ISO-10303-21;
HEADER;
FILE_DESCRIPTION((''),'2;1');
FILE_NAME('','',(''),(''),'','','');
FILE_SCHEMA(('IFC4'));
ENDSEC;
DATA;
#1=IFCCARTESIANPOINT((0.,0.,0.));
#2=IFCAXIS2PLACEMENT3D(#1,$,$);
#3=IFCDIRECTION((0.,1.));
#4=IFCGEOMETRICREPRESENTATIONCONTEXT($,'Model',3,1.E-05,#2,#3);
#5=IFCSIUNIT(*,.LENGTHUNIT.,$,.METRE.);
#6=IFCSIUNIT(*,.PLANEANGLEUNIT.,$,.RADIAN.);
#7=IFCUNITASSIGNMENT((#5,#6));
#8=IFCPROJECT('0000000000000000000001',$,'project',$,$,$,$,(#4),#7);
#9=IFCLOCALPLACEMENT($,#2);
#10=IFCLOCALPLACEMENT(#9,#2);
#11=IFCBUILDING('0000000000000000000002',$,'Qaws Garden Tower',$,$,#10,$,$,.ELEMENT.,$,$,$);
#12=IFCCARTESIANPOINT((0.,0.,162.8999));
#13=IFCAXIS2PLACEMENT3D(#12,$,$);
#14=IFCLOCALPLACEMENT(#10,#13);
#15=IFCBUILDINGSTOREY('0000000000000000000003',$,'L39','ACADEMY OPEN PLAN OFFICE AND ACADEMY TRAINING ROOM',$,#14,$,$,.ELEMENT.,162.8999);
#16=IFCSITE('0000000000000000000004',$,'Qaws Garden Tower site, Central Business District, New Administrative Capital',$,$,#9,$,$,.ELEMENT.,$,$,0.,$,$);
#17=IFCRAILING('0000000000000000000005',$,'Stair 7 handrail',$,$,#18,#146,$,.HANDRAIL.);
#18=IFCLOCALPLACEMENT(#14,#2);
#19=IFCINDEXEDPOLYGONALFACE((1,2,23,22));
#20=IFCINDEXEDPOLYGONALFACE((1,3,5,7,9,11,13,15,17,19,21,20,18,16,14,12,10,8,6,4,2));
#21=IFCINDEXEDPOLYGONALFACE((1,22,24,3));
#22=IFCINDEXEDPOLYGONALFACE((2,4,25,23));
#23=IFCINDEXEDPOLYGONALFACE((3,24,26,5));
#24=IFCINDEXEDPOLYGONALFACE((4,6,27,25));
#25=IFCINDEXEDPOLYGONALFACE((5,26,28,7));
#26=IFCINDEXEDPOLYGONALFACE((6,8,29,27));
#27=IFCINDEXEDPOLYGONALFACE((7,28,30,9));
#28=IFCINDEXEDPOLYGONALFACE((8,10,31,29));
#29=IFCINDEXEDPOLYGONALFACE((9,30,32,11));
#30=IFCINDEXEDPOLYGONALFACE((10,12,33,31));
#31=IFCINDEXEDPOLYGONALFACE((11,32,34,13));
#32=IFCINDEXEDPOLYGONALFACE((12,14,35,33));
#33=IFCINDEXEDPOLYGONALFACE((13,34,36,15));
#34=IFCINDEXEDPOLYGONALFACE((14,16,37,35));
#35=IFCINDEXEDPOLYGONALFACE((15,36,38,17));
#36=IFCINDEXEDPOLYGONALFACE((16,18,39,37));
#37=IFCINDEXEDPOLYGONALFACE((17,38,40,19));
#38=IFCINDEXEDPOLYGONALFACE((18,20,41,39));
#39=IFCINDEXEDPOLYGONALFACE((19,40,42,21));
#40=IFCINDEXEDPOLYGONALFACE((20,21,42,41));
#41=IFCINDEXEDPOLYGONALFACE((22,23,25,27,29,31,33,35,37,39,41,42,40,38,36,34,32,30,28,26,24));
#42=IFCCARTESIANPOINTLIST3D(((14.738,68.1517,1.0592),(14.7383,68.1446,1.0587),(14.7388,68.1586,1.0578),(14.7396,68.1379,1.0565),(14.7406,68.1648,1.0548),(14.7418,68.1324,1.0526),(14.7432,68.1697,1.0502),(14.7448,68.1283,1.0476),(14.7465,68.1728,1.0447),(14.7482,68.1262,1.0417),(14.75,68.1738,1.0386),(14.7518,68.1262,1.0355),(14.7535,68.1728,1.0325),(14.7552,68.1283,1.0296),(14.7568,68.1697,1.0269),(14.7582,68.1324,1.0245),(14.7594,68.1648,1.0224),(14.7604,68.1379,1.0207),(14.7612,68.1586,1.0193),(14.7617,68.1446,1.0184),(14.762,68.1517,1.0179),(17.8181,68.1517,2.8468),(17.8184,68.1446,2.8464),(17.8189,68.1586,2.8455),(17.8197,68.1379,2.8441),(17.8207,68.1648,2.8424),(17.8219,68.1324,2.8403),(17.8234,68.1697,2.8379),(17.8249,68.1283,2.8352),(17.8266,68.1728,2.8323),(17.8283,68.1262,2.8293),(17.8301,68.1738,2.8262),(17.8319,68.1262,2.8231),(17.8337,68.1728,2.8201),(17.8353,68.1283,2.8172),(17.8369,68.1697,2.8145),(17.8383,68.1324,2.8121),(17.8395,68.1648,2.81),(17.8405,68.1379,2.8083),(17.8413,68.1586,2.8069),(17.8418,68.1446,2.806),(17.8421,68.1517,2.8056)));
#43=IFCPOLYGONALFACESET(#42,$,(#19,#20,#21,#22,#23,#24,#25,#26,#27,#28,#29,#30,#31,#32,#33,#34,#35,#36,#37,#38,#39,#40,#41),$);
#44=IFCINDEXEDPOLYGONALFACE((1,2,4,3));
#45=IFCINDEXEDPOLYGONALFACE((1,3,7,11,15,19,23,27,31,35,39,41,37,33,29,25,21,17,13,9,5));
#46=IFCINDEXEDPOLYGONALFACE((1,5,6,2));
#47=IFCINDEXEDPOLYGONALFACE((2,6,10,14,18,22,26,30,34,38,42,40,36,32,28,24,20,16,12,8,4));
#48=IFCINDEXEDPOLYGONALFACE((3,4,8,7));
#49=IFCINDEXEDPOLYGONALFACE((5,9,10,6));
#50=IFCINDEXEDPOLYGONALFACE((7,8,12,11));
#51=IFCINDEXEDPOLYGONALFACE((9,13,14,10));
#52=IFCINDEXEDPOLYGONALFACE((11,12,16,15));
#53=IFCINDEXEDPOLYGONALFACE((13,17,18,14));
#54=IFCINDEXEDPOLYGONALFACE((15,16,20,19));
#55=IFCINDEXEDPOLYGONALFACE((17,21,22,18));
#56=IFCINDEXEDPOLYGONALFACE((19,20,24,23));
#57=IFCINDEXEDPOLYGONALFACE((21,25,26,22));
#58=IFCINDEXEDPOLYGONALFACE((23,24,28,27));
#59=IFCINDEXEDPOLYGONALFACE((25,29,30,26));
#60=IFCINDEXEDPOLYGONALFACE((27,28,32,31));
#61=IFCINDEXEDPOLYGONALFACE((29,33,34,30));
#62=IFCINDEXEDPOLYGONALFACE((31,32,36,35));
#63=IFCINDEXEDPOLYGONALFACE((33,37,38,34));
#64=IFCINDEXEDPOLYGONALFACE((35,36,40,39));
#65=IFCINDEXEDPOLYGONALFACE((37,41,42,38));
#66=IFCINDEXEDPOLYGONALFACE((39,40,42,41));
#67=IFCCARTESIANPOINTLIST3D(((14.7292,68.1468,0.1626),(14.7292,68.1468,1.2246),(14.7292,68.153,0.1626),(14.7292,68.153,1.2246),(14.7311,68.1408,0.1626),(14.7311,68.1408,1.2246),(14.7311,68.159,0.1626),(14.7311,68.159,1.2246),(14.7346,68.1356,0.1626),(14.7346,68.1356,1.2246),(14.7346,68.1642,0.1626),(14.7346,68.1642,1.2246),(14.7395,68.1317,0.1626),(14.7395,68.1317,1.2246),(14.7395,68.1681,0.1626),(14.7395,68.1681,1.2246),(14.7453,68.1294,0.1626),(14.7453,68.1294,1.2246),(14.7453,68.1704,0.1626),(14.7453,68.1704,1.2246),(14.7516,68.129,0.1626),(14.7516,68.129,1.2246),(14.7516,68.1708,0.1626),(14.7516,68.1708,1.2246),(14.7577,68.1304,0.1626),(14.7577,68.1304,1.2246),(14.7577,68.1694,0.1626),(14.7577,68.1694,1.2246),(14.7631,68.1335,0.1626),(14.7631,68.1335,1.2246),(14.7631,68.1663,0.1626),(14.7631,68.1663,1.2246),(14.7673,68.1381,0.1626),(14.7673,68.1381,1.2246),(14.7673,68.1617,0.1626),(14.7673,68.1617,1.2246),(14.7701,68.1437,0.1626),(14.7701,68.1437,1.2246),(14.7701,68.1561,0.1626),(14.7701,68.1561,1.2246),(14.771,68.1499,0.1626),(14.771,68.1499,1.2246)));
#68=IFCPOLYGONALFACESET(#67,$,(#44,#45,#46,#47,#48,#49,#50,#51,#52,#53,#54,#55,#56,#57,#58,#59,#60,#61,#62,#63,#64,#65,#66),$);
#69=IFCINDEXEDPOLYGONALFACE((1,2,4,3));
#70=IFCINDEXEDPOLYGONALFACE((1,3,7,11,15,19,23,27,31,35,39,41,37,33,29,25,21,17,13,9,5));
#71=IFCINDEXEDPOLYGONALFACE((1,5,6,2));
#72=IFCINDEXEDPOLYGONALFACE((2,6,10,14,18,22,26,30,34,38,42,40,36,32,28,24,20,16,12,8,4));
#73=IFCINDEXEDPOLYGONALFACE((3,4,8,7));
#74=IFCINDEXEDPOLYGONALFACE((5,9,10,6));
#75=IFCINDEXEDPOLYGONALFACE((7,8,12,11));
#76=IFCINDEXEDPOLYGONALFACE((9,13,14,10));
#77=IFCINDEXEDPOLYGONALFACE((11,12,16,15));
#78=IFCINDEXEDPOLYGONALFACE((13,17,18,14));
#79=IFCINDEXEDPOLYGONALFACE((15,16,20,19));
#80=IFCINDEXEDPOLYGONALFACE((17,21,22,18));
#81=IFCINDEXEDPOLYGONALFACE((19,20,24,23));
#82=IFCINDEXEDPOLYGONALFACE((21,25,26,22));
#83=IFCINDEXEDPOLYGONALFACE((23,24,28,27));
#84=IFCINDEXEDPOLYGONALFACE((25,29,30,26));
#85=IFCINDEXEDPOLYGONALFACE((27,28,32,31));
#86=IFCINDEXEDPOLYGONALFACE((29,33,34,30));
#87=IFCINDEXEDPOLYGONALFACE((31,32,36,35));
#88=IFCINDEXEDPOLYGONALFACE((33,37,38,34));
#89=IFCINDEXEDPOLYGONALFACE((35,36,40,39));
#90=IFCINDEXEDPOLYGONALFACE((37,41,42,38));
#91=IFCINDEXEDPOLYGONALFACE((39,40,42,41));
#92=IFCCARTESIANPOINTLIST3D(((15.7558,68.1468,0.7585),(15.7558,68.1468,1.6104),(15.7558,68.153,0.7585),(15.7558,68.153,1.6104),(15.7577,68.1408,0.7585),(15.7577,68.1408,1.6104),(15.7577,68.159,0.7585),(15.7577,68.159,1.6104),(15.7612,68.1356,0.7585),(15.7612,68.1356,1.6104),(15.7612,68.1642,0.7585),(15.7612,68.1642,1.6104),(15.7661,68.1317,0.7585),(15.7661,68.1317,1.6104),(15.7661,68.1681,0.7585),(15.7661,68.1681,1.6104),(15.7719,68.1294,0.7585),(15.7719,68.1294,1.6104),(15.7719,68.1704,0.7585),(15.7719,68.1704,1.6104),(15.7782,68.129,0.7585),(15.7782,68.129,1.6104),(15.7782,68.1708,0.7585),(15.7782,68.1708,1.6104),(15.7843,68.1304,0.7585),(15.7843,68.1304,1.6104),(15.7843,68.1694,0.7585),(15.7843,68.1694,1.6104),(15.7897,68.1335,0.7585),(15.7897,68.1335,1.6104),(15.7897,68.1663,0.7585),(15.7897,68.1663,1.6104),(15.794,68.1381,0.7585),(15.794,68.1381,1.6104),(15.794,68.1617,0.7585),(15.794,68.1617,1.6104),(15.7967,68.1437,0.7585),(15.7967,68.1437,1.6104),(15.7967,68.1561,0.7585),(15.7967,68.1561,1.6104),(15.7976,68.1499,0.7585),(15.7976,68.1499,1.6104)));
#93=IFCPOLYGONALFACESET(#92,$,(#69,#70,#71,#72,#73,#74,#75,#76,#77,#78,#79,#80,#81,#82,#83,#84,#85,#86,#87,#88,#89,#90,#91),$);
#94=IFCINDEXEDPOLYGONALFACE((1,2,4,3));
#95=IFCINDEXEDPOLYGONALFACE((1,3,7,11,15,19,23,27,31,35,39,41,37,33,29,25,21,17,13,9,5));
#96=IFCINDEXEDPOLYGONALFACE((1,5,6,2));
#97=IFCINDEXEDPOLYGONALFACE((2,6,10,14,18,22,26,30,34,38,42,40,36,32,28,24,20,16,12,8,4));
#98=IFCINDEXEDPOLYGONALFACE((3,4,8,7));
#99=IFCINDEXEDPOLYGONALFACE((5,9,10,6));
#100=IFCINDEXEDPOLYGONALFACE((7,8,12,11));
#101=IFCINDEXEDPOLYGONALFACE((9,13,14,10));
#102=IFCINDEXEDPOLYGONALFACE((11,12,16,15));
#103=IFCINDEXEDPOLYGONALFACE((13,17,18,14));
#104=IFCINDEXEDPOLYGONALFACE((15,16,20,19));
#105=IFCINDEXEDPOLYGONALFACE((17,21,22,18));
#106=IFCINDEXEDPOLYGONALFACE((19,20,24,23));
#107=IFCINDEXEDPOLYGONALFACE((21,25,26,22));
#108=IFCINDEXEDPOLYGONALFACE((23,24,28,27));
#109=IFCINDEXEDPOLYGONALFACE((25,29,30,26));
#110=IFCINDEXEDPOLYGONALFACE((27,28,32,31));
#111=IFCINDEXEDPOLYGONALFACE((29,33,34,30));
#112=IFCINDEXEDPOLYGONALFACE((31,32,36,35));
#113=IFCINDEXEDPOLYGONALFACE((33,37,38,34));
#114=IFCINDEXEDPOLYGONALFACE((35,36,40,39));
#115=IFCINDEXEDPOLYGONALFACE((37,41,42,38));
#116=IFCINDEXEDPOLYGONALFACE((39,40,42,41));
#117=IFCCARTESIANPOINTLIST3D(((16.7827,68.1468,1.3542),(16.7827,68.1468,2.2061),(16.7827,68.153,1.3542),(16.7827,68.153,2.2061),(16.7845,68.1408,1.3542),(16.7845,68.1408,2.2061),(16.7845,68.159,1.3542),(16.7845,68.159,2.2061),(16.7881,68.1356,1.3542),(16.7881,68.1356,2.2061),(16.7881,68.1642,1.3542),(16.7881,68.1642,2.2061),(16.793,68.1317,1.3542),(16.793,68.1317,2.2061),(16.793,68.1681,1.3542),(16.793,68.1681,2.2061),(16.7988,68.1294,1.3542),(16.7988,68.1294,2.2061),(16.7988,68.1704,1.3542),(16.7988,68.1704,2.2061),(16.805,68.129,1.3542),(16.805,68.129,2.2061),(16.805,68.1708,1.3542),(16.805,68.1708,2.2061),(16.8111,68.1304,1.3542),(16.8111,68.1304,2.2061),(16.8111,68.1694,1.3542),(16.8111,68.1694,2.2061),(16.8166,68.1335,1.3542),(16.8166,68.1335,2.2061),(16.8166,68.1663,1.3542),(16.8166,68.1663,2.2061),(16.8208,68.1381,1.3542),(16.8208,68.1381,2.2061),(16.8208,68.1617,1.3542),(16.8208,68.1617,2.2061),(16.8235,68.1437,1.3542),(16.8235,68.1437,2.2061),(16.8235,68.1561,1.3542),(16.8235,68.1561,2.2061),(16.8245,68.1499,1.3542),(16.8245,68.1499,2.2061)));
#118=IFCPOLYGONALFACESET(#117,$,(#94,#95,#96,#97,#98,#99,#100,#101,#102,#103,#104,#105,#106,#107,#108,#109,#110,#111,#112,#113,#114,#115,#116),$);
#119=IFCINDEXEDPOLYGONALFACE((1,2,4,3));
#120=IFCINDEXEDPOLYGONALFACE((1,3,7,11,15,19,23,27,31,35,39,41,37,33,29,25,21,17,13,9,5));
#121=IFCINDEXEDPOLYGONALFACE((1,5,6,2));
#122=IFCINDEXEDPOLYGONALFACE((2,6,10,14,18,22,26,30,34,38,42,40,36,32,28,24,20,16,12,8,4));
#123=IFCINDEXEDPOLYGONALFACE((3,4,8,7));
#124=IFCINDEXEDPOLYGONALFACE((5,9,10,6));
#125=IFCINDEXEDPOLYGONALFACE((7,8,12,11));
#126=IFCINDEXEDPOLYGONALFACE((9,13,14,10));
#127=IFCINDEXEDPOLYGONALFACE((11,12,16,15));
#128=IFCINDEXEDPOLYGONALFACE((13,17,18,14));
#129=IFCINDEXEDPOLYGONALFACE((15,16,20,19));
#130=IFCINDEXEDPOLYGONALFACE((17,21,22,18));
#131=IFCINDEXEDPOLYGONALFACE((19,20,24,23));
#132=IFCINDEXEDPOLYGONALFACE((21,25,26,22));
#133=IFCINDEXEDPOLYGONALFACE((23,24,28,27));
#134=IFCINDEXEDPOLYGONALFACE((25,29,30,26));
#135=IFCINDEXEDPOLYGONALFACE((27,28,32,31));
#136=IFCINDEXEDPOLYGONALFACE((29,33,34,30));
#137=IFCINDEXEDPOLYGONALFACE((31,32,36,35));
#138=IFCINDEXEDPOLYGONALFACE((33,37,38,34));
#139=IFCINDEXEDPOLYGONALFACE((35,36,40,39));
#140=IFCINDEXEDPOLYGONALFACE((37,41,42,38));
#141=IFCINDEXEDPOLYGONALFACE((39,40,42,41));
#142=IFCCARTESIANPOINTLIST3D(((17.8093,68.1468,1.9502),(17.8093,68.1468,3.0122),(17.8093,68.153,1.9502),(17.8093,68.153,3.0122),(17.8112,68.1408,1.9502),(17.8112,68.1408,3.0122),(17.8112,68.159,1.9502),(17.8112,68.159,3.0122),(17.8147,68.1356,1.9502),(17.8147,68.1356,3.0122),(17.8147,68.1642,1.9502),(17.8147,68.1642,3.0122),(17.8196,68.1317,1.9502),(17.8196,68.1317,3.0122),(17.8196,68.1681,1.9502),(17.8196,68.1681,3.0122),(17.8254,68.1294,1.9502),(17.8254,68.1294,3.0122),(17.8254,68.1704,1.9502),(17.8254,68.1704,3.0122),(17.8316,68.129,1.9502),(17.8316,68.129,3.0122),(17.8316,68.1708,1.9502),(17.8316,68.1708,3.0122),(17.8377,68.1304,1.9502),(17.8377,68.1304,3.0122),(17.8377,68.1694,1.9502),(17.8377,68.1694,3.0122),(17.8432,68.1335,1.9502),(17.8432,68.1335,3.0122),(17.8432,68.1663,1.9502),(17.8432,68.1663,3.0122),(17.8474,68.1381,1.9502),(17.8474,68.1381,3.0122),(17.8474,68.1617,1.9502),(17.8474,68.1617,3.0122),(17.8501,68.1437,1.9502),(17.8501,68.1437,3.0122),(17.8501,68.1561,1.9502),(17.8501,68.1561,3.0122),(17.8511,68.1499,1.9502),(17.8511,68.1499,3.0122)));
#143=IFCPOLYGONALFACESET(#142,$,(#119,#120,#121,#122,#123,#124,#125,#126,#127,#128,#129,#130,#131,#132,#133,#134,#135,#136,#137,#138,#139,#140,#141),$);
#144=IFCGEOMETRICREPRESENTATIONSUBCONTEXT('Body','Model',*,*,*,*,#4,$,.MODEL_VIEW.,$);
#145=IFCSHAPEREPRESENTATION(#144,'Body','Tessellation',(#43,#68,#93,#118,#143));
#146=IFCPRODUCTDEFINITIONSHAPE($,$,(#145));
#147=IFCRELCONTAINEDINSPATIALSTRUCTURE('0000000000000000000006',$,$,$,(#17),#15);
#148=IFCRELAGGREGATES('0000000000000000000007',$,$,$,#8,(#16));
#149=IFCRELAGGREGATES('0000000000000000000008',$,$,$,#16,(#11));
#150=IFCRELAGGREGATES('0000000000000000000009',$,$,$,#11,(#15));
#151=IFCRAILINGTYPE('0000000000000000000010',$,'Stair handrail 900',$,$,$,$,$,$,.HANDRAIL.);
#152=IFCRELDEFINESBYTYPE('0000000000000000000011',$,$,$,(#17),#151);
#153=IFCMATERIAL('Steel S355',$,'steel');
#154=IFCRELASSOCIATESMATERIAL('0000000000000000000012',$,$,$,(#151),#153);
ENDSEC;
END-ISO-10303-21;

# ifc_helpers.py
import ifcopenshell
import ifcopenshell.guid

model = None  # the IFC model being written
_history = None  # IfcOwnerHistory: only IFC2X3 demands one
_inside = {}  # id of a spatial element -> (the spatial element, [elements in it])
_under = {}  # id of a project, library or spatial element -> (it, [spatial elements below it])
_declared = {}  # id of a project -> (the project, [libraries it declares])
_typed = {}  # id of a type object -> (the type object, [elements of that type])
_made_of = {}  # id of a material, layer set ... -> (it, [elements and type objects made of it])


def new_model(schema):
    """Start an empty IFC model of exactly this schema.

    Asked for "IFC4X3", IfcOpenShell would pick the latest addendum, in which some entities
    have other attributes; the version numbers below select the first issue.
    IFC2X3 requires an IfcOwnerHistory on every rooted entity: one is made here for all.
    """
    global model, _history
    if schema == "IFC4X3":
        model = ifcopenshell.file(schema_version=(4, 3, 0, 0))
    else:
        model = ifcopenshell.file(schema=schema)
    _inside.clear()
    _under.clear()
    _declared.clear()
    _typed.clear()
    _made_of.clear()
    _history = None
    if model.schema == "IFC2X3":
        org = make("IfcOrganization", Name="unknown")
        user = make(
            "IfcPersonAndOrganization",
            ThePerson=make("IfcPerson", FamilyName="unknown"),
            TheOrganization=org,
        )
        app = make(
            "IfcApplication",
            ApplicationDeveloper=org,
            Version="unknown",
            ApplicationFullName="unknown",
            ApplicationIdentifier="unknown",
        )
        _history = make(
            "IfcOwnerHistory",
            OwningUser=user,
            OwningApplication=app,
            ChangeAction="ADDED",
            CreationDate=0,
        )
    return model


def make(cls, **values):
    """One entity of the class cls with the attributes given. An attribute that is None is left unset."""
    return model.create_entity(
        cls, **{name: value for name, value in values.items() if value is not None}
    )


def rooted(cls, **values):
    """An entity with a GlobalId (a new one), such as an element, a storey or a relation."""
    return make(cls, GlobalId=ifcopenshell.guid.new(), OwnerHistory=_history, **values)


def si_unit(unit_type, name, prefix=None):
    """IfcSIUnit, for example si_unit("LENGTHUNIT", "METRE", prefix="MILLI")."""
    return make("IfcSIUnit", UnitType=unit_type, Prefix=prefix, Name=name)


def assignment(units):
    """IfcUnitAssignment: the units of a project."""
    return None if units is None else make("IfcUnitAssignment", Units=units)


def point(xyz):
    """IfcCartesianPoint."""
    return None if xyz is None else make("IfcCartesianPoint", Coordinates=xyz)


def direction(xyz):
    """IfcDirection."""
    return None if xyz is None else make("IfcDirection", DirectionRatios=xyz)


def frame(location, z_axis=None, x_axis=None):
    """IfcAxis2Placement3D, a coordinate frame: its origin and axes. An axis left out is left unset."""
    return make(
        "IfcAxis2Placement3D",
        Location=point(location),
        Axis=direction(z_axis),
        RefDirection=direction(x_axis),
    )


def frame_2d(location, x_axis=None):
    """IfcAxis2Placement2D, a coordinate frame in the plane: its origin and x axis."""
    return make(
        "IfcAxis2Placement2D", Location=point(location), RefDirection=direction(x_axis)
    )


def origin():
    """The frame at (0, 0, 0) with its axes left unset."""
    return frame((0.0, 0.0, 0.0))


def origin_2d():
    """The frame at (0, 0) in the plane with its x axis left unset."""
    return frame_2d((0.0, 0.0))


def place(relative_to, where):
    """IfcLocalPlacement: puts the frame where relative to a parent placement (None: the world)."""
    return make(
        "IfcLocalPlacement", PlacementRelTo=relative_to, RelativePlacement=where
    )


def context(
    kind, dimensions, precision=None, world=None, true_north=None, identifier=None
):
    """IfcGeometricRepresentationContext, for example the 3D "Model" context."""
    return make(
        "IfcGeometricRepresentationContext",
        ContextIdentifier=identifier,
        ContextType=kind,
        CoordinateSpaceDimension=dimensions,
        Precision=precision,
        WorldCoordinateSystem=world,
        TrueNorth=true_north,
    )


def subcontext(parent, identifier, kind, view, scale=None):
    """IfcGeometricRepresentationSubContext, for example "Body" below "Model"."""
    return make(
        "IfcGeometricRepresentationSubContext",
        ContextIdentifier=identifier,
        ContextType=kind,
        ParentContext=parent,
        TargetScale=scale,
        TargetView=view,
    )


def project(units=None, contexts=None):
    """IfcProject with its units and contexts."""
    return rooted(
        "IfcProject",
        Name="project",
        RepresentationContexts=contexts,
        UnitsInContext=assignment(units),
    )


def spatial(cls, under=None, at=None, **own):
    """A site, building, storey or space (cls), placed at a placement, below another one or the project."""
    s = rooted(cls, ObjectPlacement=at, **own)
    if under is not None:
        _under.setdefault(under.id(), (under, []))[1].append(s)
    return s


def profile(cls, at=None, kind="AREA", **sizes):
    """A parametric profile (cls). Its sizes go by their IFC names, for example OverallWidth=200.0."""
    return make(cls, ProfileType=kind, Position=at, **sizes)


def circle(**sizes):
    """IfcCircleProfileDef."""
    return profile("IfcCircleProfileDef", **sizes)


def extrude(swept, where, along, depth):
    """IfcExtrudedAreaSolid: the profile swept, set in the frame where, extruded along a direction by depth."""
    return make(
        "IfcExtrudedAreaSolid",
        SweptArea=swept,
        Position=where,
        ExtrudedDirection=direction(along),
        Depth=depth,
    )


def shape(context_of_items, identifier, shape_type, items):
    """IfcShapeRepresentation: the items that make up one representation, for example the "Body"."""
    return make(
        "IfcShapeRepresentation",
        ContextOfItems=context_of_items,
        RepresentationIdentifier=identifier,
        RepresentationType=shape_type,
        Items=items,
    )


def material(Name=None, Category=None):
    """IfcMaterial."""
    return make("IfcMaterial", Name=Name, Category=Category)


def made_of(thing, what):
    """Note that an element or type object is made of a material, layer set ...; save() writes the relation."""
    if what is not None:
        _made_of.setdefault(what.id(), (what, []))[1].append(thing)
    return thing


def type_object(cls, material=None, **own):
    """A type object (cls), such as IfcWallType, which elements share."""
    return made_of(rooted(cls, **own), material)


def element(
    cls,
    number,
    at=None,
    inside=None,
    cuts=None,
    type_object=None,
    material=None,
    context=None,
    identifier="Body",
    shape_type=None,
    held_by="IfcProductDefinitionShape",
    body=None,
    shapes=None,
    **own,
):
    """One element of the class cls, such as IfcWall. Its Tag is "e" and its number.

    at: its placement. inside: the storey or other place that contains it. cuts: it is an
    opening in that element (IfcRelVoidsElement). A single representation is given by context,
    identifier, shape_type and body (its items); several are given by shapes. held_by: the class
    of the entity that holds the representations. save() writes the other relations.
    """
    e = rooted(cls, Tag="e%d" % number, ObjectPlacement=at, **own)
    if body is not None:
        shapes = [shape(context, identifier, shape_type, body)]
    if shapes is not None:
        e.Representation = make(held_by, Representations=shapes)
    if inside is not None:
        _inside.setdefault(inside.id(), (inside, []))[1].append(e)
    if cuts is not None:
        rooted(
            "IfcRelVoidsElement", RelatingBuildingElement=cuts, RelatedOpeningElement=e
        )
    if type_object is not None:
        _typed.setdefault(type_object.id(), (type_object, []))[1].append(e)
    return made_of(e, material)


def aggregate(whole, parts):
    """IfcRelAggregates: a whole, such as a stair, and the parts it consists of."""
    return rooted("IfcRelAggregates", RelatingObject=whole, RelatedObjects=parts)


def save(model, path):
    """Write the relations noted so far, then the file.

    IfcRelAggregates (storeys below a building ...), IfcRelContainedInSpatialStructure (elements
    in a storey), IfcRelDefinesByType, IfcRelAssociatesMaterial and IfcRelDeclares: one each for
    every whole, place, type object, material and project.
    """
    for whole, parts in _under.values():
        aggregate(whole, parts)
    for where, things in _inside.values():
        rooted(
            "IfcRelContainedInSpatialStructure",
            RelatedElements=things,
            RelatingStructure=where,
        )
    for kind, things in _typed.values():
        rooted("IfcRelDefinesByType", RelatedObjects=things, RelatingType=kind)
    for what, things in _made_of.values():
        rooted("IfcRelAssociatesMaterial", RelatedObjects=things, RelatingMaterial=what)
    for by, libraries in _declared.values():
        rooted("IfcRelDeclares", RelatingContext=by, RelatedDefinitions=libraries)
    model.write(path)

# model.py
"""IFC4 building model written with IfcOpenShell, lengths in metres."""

from ifc_helpers import new_model, si_unit, direction, frame, origin, origin_2d, place, context, subcontext, project, spatial, circle, extrude, material, type_object, element, save


model = new_model("IFC4")

# Units and contexts
model_context = context("Model", 3, precision=1e-05, world=origin(), true_north=direction((0.0, 1.0)))
body_context = subcontext(model_context, "Body", "Model", "MODEL_VIEW")
ifc_project = project(units=[si_unit("LENGTHUNIT", "METRE"), si_unit("PLANEANGLEUNIT", "RADIAN")], contexts=[model_context])

# Site, building, storey
site_placement = place(None, origin())
site = spatial("IfcSite", under=ifc_project, at=site_placement, Name="Qaws Garden Tower site, Central Business District, New Administrative Capital", CompositionType="ELEMENT", RefElevation=0.0)
building_placement = place(site_placement, origin())
building = spatial("IfcBuilding", under=site, at=building_placement, Name="Qaws Garden Tower", CompositionType="ELEMENT")
storey_placement = place(building_placement, frame((0.0, 0.0, 162.8999)))
storey = spatial("IfcBuildingStorey", under=building, at=storey_placement, Name="L39", Description="ACADEMY OPEN PLAN OFFICE AND ACADEMY TRAINING ROOM", CompositionType="ELEMENT", Elevation=162.8999)

# Railing
ifc_material_1 = material(Name="Steel S355", Category="steel")
railing_type = type_object("IfcRailingType", Name="Stair handrail 900", PredefinedType="HANDRAIL", material=ifc_material_1)
railing_1_placement = place(storey_placement, frame((14.75, 68.1499, 0.1626)))
element("IfcRailing", 1, at=railing_1_placement, inside=storey, type_object=railing_type, Name="Stair 7 handrail", PredefinedType="HANDRAIL", context=body_context, shape_type="SweptSolid", body=[
    extrude(circle(Radius=0.0239, at=origin_2d()), frame((0.0, 0.0, 0.876), z_axis=(0.864891, 0.0, 0.50196), x_axis=(0.0, 1.0, 0.0)), (0.0, 0.0, 1.0), 3.5613),
    extrude(circle(Radius=0.021, at=origin_2d()), origin(), (0.0, 0.0, 1.0), 1.062),
    extrude(circle(Radius=0.021, at=origin_2d()), frame((1.0266, 0.0, 0.5959)), (0.0, 0.0, 1.0), 0.8518),
    extrude(circle(Radius=0.021, at=origin_2d()), frame((2.0535, 0.0, 1.1917)), (0.0, 0.0, 1.0), 0.8518),
    extrude(circle(Radius=0.021, at=origin_2d()), frame((3.0801, 0.0, 1.7876)), (0.0, 0.0, 1.0), 1.062),
])

save(model, "model.ifc")
